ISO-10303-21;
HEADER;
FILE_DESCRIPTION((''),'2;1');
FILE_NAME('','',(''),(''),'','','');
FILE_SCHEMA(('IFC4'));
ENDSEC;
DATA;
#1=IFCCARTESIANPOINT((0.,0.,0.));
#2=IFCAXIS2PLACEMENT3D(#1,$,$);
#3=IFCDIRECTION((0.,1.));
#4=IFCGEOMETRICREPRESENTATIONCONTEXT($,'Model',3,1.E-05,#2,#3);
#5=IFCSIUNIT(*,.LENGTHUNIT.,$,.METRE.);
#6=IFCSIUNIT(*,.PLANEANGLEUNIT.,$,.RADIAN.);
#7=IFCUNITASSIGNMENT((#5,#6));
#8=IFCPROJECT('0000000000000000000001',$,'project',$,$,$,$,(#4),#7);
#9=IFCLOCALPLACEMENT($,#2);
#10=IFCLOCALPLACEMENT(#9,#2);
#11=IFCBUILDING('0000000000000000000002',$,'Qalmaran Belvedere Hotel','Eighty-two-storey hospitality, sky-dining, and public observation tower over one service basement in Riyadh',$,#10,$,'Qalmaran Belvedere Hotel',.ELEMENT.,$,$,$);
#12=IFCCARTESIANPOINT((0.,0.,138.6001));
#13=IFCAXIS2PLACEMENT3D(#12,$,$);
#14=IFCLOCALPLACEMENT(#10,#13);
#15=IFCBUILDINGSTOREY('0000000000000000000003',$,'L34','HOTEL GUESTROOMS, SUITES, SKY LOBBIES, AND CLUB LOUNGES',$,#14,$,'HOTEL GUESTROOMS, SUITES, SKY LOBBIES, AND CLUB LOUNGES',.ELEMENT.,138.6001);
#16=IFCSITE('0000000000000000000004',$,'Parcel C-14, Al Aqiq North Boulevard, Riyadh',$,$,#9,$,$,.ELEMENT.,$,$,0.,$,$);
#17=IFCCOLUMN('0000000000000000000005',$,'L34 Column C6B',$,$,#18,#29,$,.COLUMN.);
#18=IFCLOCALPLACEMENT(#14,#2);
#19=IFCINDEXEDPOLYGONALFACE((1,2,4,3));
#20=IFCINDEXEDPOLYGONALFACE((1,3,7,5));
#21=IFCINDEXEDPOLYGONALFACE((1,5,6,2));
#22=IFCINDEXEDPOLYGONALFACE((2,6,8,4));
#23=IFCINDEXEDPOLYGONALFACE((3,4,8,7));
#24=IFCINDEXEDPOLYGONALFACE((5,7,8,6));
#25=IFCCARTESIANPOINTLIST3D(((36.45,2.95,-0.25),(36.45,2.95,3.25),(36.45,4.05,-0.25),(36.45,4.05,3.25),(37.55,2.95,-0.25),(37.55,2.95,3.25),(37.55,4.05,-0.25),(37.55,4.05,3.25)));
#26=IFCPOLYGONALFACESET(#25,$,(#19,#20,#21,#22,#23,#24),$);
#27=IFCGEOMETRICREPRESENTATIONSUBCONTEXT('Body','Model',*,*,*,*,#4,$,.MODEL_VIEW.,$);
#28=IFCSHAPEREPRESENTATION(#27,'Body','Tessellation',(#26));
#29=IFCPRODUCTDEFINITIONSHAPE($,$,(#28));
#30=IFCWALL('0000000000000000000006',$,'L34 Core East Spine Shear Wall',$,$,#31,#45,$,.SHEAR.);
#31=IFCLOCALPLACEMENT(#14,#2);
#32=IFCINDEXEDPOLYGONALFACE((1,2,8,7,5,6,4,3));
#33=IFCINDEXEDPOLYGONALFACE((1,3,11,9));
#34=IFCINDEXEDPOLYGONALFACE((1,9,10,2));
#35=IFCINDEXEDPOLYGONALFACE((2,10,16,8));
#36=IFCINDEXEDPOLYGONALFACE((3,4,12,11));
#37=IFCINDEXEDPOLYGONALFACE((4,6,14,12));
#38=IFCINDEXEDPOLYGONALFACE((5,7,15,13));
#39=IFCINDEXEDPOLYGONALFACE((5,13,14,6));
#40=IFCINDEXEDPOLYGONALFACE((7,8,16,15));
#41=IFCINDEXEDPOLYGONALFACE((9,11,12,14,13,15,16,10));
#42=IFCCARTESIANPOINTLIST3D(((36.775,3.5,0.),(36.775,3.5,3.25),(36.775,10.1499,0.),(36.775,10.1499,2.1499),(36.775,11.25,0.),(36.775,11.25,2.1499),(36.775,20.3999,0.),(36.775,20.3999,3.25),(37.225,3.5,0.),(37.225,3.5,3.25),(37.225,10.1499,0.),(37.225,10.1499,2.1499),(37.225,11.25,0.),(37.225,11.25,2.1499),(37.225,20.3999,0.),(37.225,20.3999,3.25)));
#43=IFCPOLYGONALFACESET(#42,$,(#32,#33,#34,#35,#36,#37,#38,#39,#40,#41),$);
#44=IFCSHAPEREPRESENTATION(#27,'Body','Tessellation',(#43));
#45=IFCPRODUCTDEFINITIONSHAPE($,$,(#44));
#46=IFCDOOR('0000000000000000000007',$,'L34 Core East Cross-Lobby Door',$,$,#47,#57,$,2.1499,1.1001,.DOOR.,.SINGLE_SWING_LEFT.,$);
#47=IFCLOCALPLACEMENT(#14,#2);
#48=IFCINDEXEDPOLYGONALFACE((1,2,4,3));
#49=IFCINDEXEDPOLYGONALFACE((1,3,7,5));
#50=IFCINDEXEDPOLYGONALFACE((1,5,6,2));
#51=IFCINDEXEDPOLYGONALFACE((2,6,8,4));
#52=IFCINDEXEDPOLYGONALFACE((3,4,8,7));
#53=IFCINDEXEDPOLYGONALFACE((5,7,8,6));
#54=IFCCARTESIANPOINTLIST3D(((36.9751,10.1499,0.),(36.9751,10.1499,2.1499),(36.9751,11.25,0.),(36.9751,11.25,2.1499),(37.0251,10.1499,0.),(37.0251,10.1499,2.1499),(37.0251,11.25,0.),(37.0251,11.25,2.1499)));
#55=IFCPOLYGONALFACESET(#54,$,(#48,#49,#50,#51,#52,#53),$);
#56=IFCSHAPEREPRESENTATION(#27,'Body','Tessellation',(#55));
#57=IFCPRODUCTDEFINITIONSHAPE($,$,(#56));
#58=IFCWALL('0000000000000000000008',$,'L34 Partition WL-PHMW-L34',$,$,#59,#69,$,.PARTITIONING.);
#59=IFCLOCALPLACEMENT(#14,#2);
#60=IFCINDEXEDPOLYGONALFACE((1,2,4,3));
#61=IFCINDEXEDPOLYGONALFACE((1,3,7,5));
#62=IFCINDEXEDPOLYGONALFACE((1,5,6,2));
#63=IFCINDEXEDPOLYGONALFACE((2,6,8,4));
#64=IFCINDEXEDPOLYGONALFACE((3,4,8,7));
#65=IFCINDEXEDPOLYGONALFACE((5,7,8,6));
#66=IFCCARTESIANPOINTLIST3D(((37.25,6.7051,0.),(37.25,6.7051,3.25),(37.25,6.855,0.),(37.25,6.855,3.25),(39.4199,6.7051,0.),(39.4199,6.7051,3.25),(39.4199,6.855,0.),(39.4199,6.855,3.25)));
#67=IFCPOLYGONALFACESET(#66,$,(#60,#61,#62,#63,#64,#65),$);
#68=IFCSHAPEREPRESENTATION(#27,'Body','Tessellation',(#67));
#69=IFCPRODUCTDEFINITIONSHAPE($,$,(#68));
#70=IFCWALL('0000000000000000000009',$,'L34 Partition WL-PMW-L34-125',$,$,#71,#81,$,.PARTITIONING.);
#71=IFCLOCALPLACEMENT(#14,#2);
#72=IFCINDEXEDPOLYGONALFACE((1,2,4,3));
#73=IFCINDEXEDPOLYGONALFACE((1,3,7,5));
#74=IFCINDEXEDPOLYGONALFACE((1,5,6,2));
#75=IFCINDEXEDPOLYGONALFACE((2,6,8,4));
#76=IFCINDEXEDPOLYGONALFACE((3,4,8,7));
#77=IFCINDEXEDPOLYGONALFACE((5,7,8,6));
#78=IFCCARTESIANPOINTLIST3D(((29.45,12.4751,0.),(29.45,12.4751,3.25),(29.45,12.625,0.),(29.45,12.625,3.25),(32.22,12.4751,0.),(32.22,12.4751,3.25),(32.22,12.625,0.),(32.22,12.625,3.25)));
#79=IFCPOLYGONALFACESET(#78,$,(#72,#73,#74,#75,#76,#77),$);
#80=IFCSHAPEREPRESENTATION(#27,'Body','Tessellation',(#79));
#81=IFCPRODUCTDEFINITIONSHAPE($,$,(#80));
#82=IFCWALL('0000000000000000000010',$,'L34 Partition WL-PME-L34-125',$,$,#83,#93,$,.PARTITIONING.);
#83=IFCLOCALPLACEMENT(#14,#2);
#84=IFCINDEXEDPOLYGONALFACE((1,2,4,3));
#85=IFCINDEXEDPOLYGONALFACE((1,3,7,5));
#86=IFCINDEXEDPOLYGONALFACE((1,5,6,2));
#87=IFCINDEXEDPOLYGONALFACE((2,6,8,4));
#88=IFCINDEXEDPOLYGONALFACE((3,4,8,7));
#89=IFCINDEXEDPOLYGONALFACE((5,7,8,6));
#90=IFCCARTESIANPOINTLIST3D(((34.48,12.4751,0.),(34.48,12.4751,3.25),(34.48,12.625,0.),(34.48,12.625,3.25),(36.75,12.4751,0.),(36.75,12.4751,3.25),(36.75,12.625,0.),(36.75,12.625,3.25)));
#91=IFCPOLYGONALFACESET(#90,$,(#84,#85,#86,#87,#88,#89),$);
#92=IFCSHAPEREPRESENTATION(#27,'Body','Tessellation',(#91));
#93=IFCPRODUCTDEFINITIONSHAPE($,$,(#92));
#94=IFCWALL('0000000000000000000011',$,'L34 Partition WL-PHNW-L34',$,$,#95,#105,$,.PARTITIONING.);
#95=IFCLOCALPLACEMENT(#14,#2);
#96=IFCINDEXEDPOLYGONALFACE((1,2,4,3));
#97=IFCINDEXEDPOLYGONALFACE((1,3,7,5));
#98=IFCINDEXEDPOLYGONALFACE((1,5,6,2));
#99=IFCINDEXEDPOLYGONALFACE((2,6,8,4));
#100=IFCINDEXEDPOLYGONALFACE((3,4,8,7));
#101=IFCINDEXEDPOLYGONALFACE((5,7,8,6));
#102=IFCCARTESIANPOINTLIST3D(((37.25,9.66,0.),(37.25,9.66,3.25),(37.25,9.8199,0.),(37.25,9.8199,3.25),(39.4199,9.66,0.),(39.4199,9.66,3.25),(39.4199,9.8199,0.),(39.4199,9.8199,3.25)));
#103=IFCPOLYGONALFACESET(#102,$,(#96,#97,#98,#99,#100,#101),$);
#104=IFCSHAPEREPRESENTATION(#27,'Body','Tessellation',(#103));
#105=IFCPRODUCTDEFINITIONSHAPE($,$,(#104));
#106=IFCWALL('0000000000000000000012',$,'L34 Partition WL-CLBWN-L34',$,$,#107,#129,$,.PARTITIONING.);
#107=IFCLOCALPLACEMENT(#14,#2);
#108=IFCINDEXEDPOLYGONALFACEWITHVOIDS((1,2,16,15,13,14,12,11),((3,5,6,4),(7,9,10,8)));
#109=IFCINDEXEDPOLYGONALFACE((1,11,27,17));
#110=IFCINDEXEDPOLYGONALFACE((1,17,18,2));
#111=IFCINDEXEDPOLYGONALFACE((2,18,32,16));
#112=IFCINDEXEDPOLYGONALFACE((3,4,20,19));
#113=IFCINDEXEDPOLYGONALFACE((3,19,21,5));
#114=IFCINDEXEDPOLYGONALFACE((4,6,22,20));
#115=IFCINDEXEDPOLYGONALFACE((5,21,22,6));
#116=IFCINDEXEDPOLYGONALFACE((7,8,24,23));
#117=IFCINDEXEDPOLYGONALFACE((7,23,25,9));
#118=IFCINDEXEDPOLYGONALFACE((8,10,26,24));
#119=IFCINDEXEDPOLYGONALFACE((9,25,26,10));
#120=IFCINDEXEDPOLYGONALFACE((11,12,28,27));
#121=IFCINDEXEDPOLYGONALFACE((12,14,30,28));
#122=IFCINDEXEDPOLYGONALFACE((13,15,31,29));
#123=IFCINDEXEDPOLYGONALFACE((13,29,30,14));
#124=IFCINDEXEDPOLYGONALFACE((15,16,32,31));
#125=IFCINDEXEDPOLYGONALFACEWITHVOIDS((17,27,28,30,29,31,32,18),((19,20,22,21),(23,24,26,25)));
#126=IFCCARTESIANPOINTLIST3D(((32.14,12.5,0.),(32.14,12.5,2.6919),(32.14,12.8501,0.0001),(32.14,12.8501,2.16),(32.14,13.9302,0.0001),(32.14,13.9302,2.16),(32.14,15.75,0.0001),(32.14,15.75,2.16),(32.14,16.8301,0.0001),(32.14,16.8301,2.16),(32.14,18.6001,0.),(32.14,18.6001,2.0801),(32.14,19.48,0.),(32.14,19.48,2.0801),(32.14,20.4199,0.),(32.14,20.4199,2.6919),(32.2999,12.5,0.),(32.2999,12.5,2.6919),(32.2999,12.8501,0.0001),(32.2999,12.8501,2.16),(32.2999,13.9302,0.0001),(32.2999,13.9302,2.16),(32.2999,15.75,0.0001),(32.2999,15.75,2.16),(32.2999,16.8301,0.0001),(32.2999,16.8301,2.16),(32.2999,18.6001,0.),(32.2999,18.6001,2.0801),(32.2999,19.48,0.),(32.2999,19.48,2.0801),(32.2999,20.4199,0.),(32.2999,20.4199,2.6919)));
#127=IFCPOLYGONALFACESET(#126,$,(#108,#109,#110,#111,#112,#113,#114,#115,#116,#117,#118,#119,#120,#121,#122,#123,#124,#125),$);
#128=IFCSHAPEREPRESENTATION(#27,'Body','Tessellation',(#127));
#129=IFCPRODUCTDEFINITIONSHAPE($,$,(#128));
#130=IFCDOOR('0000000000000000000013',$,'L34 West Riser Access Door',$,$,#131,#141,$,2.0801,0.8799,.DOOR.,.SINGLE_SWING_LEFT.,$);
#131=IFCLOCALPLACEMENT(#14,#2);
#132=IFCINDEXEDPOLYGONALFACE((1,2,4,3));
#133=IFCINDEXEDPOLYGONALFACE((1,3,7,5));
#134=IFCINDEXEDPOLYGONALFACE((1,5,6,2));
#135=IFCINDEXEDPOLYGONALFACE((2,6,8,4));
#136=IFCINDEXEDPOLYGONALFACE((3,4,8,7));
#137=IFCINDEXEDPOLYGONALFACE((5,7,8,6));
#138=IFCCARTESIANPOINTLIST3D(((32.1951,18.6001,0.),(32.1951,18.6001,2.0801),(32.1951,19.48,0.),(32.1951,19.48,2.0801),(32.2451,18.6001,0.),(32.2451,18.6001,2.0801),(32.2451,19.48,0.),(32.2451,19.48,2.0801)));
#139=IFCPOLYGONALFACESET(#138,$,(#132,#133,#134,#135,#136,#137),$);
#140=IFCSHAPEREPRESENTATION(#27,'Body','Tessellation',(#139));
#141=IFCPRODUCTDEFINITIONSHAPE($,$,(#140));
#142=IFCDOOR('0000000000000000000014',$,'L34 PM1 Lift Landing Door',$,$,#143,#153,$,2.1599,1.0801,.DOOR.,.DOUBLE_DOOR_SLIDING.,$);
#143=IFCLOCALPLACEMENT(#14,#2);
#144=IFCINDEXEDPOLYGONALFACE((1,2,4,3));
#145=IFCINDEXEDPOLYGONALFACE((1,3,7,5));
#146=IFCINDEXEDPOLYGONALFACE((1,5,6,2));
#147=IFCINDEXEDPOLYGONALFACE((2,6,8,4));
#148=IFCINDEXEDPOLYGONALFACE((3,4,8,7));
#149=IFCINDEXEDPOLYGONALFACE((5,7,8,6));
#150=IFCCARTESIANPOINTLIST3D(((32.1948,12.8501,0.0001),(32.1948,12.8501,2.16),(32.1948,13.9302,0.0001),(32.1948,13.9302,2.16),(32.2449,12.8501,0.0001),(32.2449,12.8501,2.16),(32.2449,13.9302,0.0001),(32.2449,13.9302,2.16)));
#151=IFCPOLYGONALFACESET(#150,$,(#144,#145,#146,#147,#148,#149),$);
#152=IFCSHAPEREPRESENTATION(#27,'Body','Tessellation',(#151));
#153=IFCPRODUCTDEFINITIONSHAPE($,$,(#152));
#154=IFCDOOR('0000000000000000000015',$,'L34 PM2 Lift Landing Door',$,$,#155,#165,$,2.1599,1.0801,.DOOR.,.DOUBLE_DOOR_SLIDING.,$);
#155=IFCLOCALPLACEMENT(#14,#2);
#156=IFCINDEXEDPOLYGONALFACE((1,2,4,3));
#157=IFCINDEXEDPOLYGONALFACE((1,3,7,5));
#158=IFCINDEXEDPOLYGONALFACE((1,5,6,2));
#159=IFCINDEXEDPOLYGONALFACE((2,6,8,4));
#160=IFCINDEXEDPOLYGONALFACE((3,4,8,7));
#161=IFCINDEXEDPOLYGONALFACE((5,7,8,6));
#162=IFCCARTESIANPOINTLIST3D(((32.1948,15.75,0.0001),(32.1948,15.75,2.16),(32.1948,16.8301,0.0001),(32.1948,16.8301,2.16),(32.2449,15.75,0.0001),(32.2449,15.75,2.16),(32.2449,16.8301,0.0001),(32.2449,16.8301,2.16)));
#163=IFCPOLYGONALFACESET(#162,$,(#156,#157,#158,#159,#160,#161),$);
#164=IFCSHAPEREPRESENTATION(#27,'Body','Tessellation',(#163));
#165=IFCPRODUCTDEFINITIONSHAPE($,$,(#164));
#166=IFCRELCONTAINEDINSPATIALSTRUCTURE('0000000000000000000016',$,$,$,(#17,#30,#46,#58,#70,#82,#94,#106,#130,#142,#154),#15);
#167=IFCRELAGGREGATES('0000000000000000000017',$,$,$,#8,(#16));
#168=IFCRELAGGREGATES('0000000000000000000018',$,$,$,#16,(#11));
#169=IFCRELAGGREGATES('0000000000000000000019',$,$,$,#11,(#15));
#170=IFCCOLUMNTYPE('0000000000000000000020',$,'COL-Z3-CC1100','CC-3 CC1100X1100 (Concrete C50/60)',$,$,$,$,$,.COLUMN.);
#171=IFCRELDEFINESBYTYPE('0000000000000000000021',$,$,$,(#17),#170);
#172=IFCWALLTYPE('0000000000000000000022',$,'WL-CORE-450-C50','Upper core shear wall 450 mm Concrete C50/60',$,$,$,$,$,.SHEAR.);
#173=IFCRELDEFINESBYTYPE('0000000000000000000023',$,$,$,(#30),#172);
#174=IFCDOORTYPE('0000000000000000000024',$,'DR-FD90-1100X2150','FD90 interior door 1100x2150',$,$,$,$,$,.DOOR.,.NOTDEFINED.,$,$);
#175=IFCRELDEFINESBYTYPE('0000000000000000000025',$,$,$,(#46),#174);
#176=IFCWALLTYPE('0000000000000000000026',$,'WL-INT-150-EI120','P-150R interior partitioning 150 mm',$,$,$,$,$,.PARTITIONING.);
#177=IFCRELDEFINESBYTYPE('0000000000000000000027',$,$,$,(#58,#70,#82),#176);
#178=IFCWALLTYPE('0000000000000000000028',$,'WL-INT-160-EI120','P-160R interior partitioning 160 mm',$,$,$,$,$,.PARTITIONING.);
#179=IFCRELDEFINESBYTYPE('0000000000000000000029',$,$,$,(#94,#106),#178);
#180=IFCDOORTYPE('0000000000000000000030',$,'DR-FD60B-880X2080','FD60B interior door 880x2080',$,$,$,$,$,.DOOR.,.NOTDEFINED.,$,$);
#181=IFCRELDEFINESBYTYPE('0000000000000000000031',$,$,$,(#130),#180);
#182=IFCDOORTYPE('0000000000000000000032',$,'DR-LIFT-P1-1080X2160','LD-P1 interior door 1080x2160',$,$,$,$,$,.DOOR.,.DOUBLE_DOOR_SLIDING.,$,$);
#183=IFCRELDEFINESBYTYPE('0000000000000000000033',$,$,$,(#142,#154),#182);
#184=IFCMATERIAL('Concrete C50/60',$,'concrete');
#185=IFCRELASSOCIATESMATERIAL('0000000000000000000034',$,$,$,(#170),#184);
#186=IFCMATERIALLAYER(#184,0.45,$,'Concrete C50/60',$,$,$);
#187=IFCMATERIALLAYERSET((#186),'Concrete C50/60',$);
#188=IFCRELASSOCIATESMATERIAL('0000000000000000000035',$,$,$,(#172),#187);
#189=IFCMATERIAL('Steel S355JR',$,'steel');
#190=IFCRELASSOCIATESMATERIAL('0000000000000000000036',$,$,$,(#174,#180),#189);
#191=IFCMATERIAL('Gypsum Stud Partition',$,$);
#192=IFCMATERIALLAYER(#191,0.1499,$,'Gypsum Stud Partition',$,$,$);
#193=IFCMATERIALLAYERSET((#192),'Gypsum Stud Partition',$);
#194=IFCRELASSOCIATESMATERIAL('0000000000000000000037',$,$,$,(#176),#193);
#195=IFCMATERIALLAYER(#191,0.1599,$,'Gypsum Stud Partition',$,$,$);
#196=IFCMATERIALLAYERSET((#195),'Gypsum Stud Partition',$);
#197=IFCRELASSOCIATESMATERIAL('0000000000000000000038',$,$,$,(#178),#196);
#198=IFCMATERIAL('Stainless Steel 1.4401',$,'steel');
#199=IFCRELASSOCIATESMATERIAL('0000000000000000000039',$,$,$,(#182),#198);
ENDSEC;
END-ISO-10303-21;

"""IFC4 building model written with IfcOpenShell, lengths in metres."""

from ifc_helpers import new_model, si_unit, direction, frame, frame_2d, origin, origin_2d, place, context, subcontext, project, spatial, rectangle, extrude, material, layer, layer_set, material_profile, profile_set, type_object, element, fill, save


model = new_model("IFC4")

# Units and contexts
model_context = context("Model", 3, precision=1e-05, world=origin(), true_north=direction((0.0, 1.0)))
body_context = subcontext(model_context, "Body", "Model", "MODEL_VIEW")
ifc_project = project(units=[si_unit("LENGTHUNIT", "METRE"), si_unit("PLANEANGLEUNIT", "RADIAN")], contexts=[model_context])

# Site, building, storey
site_placement = place(None, origin())
site = spatial("IfcSite", under=ifc_project, at=site_placement, Name="Parcel C-14, Al Aqiq North Boulevard, Riyadh", CompositionType="ELEMENT", RefElevation=0.0)
building_placement = place(site_placement, origin())
building = spatial("IfcBuilding", under=site, at=building_placement, Name="Qalmaran Belvedere Hotel", Description="Eighty-two-storey hospitality, sky-dining, and public observation tower over one service basement in Riyadh", LongName="Qalmaran Belvedere Hotel", CompositionType="ELEMENT")
storey_placement = place(building_placement, frame((0.0, 0.0, 138.6001)))
storey = spatial("IfcBuildingStorey", under=building, at=storey_placement, Name="L34", Description="HOTEL GUESTROOMS, SUITES, SKY LOBBIES, AND CLUB LOUNGES", LongName="HOTEL GUESTROOMS, SUITES, SKY LOBBIES, AND CLUB LOUNGES", CompositionType="ELEMENT", Elevation=138.6001)

# Column
ifc_material_1 = material(Name="Concrete C50/60", Category="concrete")
ifc_material_profile = material_profile(ifc_material_1, rectangle(XDim=1.1001, YDim=1.1001, at=origin_2d()), Name="CC1100X1100")
ifc_profile_set = profile_set([ifc_material_profile], Name="Concrete C50/60")
column_type = type_object("IfcColumnType", Name="COL-Z3-CC1100", Description="CC-3 CC1100X1100 (Concrete C50/60)", PredefinedType="COLUMN", material=ifc_profile_set)
column_placement = place(storey_placement, frame((37.0, 3.5, -0.25), z_axis=(0.0, 0.0, 1.0), x_axis=(1.0, 0.0, 0.0)))
element("IfcColumn", 1, at=column_placement, inside=storey, type_object=column_type, Name="L34 Column C6B", PredefinedType="COLUMN", context=body_context, shape_type="SweptSolid", body=[
    extrude(rectangle(XDim=1.1001, YDim=1.1001, at=origin_2d()), origin(), (0.0, 0.0, 1.0), 3.5),
])

# Wall, opening, door
ifc_layer_1 = layer(ifc_material_1, 0.45, Name="Concrete C50/60")
ifc_layer_set_1 = layer_set([ifc_layer_1], Name="Concrete C50/60")
wall_type_1 = type_object("IfcWallType", Name="WL-CORE-450-C50", Description="Upper core shear wall 450 mm Concrete C50/60", PredefinedType="SHEAR", material=ifc_layer_set_1)
wall_1_placement = place(storey_placement, frame((37.0, 3.5, 0.0), z_axis=(0.0, 0.0, 1.0), x_axis=(0.0, 1.0, 0.0)))
wall_1 = element("IfcWall", 2, at=wall_1_placement, inside=storey, type_object=wall_type_1, Name="L34 Core East Spine Shear Wall", PredefinedType="SHEAR", context=body_context, shape_type="SweptSolid", body=[
    extrude(rectangle(XDim=16.8999, YDim=0.45, at=frame_2d((8.45, 0.0))), origin(), (0.0, 0.0, 1.0), 3.25),
])
opening_1_placement = place(wall_1_placement, frame((6.6499, 0.0, 0.0)))
opening_1 = element("IfcOpeningElement", 3, at=opening_1_placement, cuts=wall_1, PredefinedType="OPENING", context=body_context, shape_type="SweptSolid", body=[
    extrude(rectangle(XDim=1.1001, YDim=2.1499, at=frame_2d((0.55, 1.075))), frame((0.0, 0.2349, 0.0), z_axis=(0.0, -1.0, 0.0), x_axis=(1.0, 0.0, 0.0)), (0.0, 0.0, 1.0), 0.47),
])
ifc_material_2 = material(Name="Steel S355JR", Category="steel")
door_type_1 = type_object("IfcDoorType", Name="DR-FD90-1100X2150", Description="FD90 interior door 1100x2150", OperationType="NOTDEFINED", PredefinedType="DOOR", material=ifc_material_2)
door_1_placement = place(opening_1_placement, origin())
door_1 = element("IfcDoor", 4, at=door_1_placement, inside=storey, type_object=door_type_1, Name="L34 Core East Cross-Lobby Door", OperationType="SINGLE_SWING_LEFT", OverallHeight=2.1499, OverallWidth=1.1001, PredefinedType="DOOR", context=body_context, shape_type="SweptSolid", body=[
    extrude(rectangle(XDim=1.1001, YDim=2.1499, at=frame_2d((0.55, 1.075))), frame((0.0, 0.0249, 0.0), z_axis=(0.0, -1.0, 0.0), x_axis=(1.0, 0.0, 0.0)), (0.0, 0.0, 1.0), 0.05),
])
fill(opening_1, door_1)

# Walls
ifc_material_3 = material(Name="Gypsum Stud Partition")
ifc_layer_2 = layer(ifc_material_3, 0.1499, Name="Gypsum Stud Partition")
ifc_layer_set_2 = layer_set([ifc_layer_2], Name="Gypsum Stud Partition")
wall_type_2 = type_object("IfcWallType", Name="WL-INT-150-EI120", Description="P-150R interior partitioning 150 mm", PredefinedType="PARTITIONING", material=ifc_layer_set_2)
wall_2_placement = place(storey_placement, frame((37.25, 6.78, 0.0), z_axis=(0.0, 0.0, 1.0), x_axis=(1.0, 0.0, 0.0)))
element("IfcWall", 5, at=wall_2_placement, inside=storey, type_object=wall_type_2, Name="L34 Partition WL-PHMW-L34", PredefinedType="PARTITIONING", context=body_context, shape_type="SweptSolid", body=[
    extrude(rectangle(XDim=2.1699, YDim=0.1499, at=frame_2d((1.085, 0.0))), origin(), (0.0, 0.0, 1.0), 3.25),
])
wall_3_placement = place(storey_placement, frame((29.45, 12.55, 0.0), z_axis=(0.0, 0.0, 1.0), x_axis=(1.0, 0.0, 0.0)))
element("IfcWall", 6, at=wall_3_placement, inside=storey, type_object=wall_type_2, Name="L34 Partition WL-PMW-L34-125", PredefinedType="PARTITIONING", context=body_context, shape_type="SweptSolid", body=[
    extrude(rectangle(XDim=2.77, YDim=0.1499, at=frame_2d((1.385, 0.0))), origin(), (0.0, 0.0, 1.0), 3.25),
])
wall_4_placement = place(storey_placement, frame((34.48, 12.55, 0.0), z_axis=(0.0, 0.0, 1.0), x_axis=(1.0, 0.0, 0.0)))
element("IfcWall", 7, at=wall_4_placement, inside=storey, type_object=wall_type_2, Name="L34 Partition WL-PME-L34-125", PredefinedType="PARTITIONING", context=body_context, shape_type="SweptSolid", body=[
    extrude(rectangle(XDim=2.27, YDim=0.1499, at=frame_2d((1.135, 0.0))), origin(), (0.0, 0.0, 1.0), 3.25),
])
ifc_layer_3 = layer(ifc_material_3, 0.1599, Name="Gypsum Stud Partition")
ifc_layer_set_3 = layer_set([ifc_layer_3], Name="Gypsum Stud Partition")
wall_type_3 = type_object("IfcWallType", Name="WL-INT-160-EI120", Description="P-160R interior partitioning 160 mm", PredefinedType="PARTITIONING", material=ifc_layer_set_3)
wall_5_placement = place(storey_placement, frame((37.25, 9.74, 0.0), z_axis=(0.0, 0.0, 1.0), x_axis=(1.0, 0.0, 0.0)))
element("IfcWall", 8, at=wall_5_placement, inside=storey, type_object=wall_type_3, Name="L34 Partition WL-PHNW-L34", PredefinedType="PARTITIONING", context=body_context, shape_type="SweptSolid", body=[
    extrude(rectangle(XDim=2.1699, YDim=0.1599, at=frame_2d((1.085, 0.0))), origin(), (0.0, 0.0, 1.0), 3.25),
])

# Wall, openings, doors
wall_6_placement = place(storey_placement, frame((32.22, 12.5, 0.0), z_axis=(0.0, 0.0, 1.0), x_axis=(0.0, 1.0, 0.0)))
wall_6 = element("IfcWall", 9, at=wall_6_placement, inside=storey, type_object=wall_type_3, Name="L34 Partition WL-CLBWN-L34", PredefinedType="PARTITIONING", context=body_context, shape_type="SweptSolid", body=[
    extrude(rectangle(XDim=7.9199, YDim=0.1599, at=frame_2d((3.96, 0.0))), origin(), (0.0, 0.0, 1.0), 2.6919),
])
opening_2_placement = place(wall_6_placement, frame((1.4302, 0.0, 0.0), z_axis=(0.0, 0.0, 1.0), x_axis=(-1.0, 0.0, 0.0)))
opening_2 = element("IfcOpeningElement", 10, at=opening_2_placement, cuts=wall_6, PredefinedType="OPENING", context=body_context, shape_type="SweptSolid", body=[
    extrude(rectangle(XDim=1.0801, YDim=2.1599, at=frame_2d((0.54, 1.0801))), frame((0.0, 0.0898, 0.0), z_axis=(0.0, -1.0, 0.0), x_axis=(1.0, 0.0, 0.0)), (0.0, 0.0, 1.0), 0.1799),
])
opening_3_placement = place(wall_6_placement, frame((4.3301, 0.0, 0.0), z_axis=(0.0, 0.0, 1.0), x_axis=(-1.0, 0.0, 0.0)))
opening_3 = element("IfcOpeningElement", 11, at=opening_3_placement, cuts=wall_6, PredefinedType="OPENING", context=body_context, shape_type="SweptSolid", body=[
    extrude(rectangle(XDim=1.0801, YDim=2.1599, at=frame_2d((0.54, 1.0801))), frame((0.0, 0.0898, 0.0), z_axis=(0.0, -1.0, 0.0), x_axis=(1.0, 0.0, 0.0)), (0.0, 0.0, 1.0), 0.1799),
])
opening_4_placement = place(wall_6_placement, frame((6.1001, 0.0, 0.0)))
opening_4 = element("IfcOpeningElement", 12, at=opening_4_placement, cuts=wall_6, PredefinedType="OPENING", context=body_context, shape_type="SweptSolid", body=[
    extrude(rectangle(XDim=0.8799, YDim=2.0801, at=frame_2d((0.4399, 1.04))), frame((0.0, 0.0898, 0.0), z_axis=(0.0, -1.0, 0.0), x_axis=(1.0, 0.0, 0.0)), (0.0, 0.0, 1.0), 0.1799),
])
door_type_2 = type_object("IfcDoorType", Name="DR-FD60B-880X2080", Description="FD60B interior door 880x2080", OperationType="NOTDEFINED", PredefinedType="DOOR", material=ifc_material_2)
door_2_placement = place(opening_4_placement, origin())
door_2 = element("IfcDoor", 13, at=door_2_placement, inside=storey, type_object=door_type_2, Name="L34 West Riser Access Door", OperationType="SINGLE_SWING_LEFT", OverallHeight=2.0801, OverallWidth=0.8799, PredefinedType="DOOR", context=body_context, shape_type="SweptSolid", body=[
    extrude(rectangle(XDim=0.8799, YDim=2.0801, at=frame_2d((0.4399, 1.04))), frame((0.0, 0.0249, 0.0), z_axis=(0.0, -1.0, 0.0), x_axis=(1.0, 0.0, 0.0)), (0.0, 0.0, 1.0), 0.05),
])
fill(opening_4, door_2)
ifc_material_4 = material(Name="Stainless Steel 1.4401", Category="steel")
door_type_3 = type_object("IfcDoorType", Name="DR-LIFT-P1-1080X2160", Description="LD-P1 interior door 1080x2160", OperationType="DOUBLE_DOOR_SLIDING", PredefinedType="DOOR", material=ifc_material_4)
door_3_placement = place(opening_2_placement, origin())
door_3 = element("IfcDoor", 14, at=door_3_placement, inside=storey, type_object=door_type_3, Name="L34 PM1 Lift Landing Door", OperationType="DOUBLE_DOOR_SLIDING", OverallHeight=2.1599, OverallWidth=1.0801, PredefinedType="DOOR", context=body_context, shape_type="SweptSolid", body=[
    extrude(rectangle(XDim=1.0801, YDim=2.1599, at=frame_2d((0.54, 1.0801))), frame((0.0, 0.0249, 0.0), z_axis=(0.0, -1.0, 0.0), x_axis=(1.0, 0.0, 0.0)), (0.0, 0.0, 1.0), 0.05),
])
fill(opening_2, door_3)
door_4_placement = place(opening_3_placement, origin())
door_4 = element("IfcDoor", 15, at=door_4_placement, inside=storey, type_object=door_type_3, Name="L34 PM2 Lift Landing Door", OperationType="DOUBLE_DOOR_SLIDING", OverallHeight=2.1599, OverallWidth=1.0801, PredefinedType="DOOR", context=body_context, shape_type="SweptSolid", body=[
    extrude(rectangle(XDim=1.0801, YDim=2.1599, at=frame_2d((0.54, 1.0801))), frame((0.0, 0.0249, 0.0), z_axis=(0.0, -1.0, 0.0), x_axis=(1.0, 0.0, 0.0)), (0.0, 0.0, 1.0), 0.05),
])
fill(opening_3, door_4)

save(model, "model.ifc")
